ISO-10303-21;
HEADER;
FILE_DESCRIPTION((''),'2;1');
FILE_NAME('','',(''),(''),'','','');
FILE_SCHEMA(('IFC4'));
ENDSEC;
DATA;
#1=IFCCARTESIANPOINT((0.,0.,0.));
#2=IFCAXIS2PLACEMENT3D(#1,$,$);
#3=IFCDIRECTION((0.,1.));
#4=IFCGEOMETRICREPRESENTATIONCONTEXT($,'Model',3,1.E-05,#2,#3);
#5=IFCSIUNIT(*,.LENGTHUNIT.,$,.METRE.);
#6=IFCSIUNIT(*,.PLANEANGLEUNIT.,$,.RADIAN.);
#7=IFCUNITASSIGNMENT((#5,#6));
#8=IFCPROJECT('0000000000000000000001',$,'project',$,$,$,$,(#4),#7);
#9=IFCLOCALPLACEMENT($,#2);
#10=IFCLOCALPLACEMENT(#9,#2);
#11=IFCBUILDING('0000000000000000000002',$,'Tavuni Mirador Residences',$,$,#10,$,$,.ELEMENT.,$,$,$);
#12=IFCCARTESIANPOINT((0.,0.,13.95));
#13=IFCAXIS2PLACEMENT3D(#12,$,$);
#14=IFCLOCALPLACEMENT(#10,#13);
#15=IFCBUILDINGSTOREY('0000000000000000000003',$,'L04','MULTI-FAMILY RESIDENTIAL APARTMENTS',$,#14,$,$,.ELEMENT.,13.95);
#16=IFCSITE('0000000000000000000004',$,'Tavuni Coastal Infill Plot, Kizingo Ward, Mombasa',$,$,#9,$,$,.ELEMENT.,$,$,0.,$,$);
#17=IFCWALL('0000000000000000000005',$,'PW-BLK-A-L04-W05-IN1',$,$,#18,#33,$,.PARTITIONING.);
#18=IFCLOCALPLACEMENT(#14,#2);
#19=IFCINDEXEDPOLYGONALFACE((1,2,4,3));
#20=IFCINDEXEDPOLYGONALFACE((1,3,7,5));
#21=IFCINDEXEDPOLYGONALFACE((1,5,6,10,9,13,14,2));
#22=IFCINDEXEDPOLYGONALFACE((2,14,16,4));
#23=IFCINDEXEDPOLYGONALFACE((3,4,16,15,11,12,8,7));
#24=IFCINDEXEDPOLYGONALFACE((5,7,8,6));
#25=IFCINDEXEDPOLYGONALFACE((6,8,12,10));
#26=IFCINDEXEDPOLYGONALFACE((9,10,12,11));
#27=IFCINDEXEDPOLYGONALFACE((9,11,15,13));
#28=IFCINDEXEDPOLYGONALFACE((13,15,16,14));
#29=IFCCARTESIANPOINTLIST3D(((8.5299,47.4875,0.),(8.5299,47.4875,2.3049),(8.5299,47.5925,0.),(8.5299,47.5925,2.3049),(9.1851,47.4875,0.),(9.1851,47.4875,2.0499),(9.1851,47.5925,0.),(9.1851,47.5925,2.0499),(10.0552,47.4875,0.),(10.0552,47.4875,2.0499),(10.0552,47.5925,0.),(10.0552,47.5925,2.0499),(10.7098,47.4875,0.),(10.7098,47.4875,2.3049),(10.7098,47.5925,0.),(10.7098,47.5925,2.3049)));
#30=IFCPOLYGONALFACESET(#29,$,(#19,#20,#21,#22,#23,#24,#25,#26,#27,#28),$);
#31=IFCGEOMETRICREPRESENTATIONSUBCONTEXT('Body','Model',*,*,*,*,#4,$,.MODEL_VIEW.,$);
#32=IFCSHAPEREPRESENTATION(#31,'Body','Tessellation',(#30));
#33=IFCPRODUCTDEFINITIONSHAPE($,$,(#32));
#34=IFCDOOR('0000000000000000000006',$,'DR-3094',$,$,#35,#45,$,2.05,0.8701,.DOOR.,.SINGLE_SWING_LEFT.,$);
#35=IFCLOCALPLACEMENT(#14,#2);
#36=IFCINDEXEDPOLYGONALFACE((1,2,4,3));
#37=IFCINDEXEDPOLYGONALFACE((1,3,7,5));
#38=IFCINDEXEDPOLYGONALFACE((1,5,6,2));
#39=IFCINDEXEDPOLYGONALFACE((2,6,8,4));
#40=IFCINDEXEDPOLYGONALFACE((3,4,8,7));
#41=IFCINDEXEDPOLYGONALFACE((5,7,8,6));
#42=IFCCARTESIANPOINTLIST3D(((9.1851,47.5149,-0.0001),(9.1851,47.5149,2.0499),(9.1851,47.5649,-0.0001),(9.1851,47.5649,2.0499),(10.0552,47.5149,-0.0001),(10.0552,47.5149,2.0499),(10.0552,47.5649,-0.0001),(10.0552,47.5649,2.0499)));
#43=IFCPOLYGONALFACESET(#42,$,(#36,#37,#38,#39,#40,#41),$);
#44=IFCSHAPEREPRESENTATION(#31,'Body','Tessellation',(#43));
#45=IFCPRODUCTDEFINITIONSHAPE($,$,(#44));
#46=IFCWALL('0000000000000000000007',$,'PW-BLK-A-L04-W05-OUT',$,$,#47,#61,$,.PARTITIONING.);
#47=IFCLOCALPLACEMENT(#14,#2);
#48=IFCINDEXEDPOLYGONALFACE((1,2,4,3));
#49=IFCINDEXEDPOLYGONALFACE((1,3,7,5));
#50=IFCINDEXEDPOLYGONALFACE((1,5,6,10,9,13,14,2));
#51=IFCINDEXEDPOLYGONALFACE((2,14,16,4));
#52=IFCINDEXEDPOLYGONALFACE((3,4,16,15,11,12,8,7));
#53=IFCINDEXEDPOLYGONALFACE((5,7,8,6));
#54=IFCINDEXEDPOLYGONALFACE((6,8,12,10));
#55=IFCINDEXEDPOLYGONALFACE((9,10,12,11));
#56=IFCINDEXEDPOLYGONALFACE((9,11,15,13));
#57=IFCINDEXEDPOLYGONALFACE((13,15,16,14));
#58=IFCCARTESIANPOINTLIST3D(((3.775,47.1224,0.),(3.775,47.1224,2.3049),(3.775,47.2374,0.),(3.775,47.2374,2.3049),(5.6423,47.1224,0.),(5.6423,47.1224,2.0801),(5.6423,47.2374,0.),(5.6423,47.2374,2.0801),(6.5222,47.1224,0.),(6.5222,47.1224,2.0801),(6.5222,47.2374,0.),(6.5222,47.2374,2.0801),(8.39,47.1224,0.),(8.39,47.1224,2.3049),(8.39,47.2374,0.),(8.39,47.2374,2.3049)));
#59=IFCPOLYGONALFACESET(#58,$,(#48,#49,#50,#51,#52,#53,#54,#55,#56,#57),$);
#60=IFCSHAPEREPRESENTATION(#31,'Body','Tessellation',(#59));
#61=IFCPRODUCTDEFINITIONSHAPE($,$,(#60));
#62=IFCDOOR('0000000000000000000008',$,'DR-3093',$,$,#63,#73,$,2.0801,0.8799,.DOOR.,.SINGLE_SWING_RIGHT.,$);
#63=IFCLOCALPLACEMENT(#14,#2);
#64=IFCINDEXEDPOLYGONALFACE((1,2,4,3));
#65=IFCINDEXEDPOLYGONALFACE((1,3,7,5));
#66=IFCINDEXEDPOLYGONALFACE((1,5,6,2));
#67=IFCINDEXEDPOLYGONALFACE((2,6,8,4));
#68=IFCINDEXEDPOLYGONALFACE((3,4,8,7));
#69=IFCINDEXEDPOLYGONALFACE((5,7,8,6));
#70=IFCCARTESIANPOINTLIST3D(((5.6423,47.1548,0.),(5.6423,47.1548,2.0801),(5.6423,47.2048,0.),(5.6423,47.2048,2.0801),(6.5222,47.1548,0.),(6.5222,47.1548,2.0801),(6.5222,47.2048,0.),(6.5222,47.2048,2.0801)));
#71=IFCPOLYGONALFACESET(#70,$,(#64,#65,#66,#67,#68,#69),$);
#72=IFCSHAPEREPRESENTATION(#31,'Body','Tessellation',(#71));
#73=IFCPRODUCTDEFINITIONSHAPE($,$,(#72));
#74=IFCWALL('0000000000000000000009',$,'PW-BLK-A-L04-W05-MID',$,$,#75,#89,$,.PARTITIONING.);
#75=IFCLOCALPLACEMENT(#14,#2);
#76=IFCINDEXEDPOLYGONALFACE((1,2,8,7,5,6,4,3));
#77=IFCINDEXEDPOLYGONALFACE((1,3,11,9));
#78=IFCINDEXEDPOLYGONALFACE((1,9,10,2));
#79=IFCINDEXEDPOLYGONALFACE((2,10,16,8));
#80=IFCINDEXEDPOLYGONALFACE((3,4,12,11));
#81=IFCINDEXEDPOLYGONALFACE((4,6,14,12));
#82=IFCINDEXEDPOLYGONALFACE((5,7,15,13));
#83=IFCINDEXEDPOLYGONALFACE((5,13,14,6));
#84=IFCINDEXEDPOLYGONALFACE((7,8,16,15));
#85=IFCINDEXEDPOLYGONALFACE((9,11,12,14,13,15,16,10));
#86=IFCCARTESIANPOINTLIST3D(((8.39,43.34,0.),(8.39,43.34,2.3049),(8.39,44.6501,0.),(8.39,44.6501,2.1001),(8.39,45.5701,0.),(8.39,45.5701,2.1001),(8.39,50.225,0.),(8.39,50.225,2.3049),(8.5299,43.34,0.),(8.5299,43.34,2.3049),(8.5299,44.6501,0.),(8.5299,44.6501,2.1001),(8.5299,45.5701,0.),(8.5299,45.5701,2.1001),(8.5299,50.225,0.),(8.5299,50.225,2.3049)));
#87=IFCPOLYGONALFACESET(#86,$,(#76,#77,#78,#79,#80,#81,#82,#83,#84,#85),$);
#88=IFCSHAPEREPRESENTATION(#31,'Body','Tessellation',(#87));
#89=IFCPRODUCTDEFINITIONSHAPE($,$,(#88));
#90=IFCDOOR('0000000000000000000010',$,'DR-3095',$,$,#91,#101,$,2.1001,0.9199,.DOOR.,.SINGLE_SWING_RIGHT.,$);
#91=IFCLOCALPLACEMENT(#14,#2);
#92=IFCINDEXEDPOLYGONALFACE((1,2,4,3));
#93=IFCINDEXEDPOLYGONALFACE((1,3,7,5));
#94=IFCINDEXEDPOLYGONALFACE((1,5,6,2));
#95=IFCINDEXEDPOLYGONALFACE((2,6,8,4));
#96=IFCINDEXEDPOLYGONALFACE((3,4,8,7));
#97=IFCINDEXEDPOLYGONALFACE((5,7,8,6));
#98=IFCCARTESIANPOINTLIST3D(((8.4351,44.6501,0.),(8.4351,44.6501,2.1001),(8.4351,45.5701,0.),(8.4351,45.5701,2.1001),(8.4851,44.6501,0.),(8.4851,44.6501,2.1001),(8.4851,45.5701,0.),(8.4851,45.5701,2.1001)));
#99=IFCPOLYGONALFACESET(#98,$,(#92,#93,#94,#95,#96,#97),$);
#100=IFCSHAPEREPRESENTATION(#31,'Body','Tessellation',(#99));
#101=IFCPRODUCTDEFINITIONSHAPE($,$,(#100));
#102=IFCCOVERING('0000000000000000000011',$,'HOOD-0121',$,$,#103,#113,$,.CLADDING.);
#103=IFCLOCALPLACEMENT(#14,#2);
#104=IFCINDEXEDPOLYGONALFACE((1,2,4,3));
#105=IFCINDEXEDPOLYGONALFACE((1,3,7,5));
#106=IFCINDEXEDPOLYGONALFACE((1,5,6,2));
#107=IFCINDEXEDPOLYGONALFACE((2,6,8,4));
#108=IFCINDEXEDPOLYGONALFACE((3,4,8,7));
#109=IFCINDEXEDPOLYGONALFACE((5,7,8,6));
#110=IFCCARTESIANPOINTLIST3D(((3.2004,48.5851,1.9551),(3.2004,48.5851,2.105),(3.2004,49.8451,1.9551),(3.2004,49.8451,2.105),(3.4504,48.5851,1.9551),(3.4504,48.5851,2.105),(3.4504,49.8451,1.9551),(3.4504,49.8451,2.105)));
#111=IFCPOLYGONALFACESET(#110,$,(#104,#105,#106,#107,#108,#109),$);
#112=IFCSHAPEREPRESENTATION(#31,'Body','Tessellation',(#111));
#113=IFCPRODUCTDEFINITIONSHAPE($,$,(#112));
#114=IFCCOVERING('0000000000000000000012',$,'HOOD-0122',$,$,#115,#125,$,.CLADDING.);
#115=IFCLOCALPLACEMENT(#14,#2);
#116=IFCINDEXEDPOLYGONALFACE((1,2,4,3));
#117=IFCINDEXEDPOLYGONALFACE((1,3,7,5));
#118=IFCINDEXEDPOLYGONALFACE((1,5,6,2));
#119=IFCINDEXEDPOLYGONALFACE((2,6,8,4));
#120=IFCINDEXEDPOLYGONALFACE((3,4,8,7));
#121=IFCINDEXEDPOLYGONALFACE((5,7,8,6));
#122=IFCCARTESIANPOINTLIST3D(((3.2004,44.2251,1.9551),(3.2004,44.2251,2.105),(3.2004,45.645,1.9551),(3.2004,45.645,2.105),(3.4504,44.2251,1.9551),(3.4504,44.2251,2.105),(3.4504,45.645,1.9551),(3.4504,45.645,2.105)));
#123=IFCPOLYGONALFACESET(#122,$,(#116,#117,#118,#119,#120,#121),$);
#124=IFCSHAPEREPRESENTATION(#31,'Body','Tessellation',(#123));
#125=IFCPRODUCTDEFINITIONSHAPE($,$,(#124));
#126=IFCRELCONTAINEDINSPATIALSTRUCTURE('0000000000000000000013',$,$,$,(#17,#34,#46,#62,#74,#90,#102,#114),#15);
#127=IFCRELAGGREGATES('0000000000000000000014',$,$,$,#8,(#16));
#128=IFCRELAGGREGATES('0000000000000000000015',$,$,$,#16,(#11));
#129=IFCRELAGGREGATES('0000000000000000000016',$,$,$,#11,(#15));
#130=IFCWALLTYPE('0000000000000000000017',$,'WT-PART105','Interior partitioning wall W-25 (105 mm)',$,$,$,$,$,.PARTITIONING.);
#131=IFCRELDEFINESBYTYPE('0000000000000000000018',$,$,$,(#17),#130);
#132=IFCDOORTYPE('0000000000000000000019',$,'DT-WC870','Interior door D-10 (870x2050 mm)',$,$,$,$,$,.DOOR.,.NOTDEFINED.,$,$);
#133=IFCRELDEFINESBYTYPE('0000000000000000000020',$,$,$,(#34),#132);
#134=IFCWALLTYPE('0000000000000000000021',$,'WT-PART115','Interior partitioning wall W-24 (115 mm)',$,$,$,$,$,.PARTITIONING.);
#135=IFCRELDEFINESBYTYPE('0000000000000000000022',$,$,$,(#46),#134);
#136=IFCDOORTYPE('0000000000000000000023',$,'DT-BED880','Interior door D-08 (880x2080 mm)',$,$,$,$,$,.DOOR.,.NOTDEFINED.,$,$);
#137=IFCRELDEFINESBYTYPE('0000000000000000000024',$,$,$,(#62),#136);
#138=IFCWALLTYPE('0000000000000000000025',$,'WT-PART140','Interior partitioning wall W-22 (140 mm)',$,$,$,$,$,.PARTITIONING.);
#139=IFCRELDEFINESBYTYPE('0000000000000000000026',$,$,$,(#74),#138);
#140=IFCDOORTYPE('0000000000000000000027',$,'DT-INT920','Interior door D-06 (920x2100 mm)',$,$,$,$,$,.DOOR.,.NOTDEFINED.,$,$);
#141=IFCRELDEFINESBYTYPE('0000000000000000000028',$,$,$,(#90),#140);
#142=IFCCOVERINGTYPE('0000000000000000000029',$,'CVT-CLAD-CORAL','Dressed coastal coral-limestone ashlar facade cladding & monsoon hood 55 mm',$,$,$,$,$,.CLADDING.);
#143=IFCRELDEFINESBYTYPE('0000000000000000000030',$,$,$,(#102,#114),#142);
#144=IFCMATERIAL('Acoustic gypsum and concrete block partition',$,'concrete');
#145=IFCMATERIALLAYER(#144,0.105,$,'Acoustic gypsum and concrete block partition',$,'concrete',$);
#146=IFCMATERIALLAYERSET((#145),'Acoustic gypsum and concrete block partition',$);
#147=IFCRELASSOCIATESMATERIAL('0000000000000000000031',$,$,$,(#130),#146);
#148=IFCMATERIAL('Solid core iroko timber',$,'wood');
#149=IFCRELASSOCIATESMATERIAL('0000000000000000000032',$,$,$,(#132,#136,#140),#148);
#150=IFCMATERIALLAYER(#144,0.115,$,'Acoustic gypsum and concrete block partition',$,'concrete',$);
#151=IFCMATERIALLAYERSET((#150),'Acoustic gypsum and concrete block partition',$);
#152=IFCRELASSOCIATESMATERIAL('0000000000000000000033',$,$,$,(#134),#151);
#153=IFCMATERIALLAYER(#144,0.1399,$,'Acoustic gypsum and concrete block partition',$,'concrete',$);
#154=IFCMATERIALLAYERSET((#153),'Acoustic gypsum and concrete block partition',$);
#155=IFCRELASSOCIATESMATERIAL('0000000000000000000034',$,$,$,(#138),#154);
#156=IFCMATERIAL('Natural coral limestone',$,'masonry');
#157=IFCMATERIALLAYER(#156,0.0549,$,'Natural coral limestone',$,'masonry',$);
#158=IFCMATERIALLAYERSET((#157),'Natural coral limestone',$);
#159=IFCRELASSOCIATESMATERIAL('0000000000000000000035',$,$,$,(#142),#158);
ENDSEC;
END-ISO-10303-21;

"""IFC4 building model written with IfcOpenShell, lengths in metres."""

from ifc_helpers import new_model, si_unit, direction, frame, frame_2d, origin, origin_2d, place, context, subcontext, project, spatial, rectangle, extrude, material, layer, layer_set, type_object, element, fill, save


model = new_model("IFC4")

# Units and contexts
model_context = context("Model", 3, precision=1e-05, world=origin(), true_north=direction((0.0, 1.0)))
body_context = subcontext(model_context, "Body", "Model", "MODEL_VIEW")
ifc_project = project(units=[si_unit("LENGTHUNIT", "METRE"), si_unit("PLANEANGLEUNIT", "RADIAN")], contexts=[model_context])

# Site, building, storey
site_placement = place(None, origin())
site = spatial("IfcSite", under=ifc_project, at=site_placement, Name="Tavuni Coastal Infill Plot, Kizingo Ward, Mombasa", CompositionType="ELEMENT", RefElevation=0.0)
building_placement = place(site_placement, origin())
building = spatial("IfcBuilding", under=site, at=building_placement, Name="Tavuni Mirador Residences", CompositionType="ELEMENT")
storey_placement = place(building_placement, frame((0.0, 0.0, 13.95)))
storey = spatial("IfcBuildingStorey", under=building, at=storey_placement, Name="L04", Description="MULTI-FAMILY RESIDENTIAL APARTMENTS", CompositionType="ELEMENT", Elevation=13.95)

# Walls, openings, doors
ifc_material_1 = material(Name="Acoustic gypsum and concrete block partition", Category="concrete")
ifc_layer_1 = layer(ifc_material_1, 0.105, Name="Acoustic gypsum and concrete block partition", Category="concrete")
ifc_layer_set_1 = layer_set([ifc_layer_1], Name="Acoustic gypsum and concrete block partition")
wall_type_1 = type_object("IfcWallType", Name="WT-PART105", Description="Interior partitioning wall W-25 (105 mm)", PredefinedType="PARTITIONING", material=ifc_layer_set_1)
wall_1_placement = place(storey_placement, frame((8.53, 47.54, 0.0), z_axis=(0.0, 0.0, 1.0), x_axis=(1.0, 0.0, 0.0)))
wall_1 = element("IfcWall", 1, at=wall_1_placement, inside=storey, type_object=wall_type_1, Name="PW-BLK-A-L04-W05-IN1", PredefinedType="PARTITIONING", context=body_context, shape_type="SweptSolid", body=[
    extrude(rectangle(XDim=2.1799, YDim=0.105, at=frame_2d((1.0898, 0.0))), origin(), (0.0, 0.0, 1.0), 2.3049),
])
opening_1_placement = place(wall_1_placement, frame((0.655, 0.0, 0.0)))
opening_1 = element("IfcOpeningElement", 2, at=opening_1_placement, cuts=wall_1, PredefinedType="OPENING", context=body_context, shape_type="SweptSolid", body=[
    extrude(rectangle(XDim=0.8701, YDim=2.05, at=frame_2d((0.4351, 1.0249))), frame((0.0, 0.0625, 0.0), z_axis=(0.0, -1.0, 0.0), x_axis=(1.0, 0.0, 0.0)), (0.0, 0.0, 1.0), 0.125),
])
ifc_material_2 = material(Name="Solid core iroko timber", Category="wood")
door_type_1 = type_object("IfcDoorType", Name="DT-WC870", Description="Interior door D-10 (870x2050 mm)", OperationType="NOTDEFINED", PredefinedType="DOOR", material=ifc_material_2)
door_1_placement = place(opening_1_placement, origin())
door_1 = element("IfcDoor", 3, at=door_1_placement, inside=storey, type_object=door_type_1, Name="DR-3094", OperationType="SINGLE_SWING_LEFT", OverallHeight=2.05, OverallWidth=0.8701, PredefinedType="DOOR", context=body_context, shape_type="SweptSolid", body=[
    extrude(rectangle(XDim=0.8701, YDim=2.05, at=frame_2d((0.4351, 1.0249))), frame((0.0, 0.0249, 0.0), z_axis=(0.0, -1.0, 0.0), x_axis=(1.0, 0.0, 0.0)), (0.0, 0.0, 1.0), 0.05),
])
fill(opening_1, door_1)
ifc_layer_2 = layer(ifc_material_1, 0.115, Name="Acoustic gypsum and concrete block partition", Category="concrete")
ifc_layer_set_2 = layer_set([ifc_layer_2], Name="Acoustic gypsum and concrete block partition")
wall_type_2 = type_object("IfcWallType", Name="WT-PART115", Description="Interior partitioning wall W-24 (115 mm)", PredefinedType="PARTITIONING", material=ifc_layer_set_2)
wall_2_placement = place(storey_placement, frame((3.7749, 47.1799, 0.0), z_axis=(0.0, 0.0, 1.0), x_axis=(1.0, 0.0, 0.0)))
wall_2 = element("IfcWall", 4, at=wall_2_placement, inside=storey, type_object=wall_type_2, Name="PW-BLK-A-L04-W05-OUT", PredefinedType="PARTITIONING", context=body_context, shape_type="SweptSolid", body=[
    extrude(rectangle(XDim=4.615, YDim=0.115, at=frame_2d((2.3076, 0.0))), origin(), (0.0, 0.0, 1.0), 2.3049),
])
opening_2_placement = place(wall_2_placement, frame((1.8674, 0.0, 0.0)))
opening_2 = element("IfcOpeningElement", 5, at=opening_2_placement, cuts=wall_2, PredefinedType="OPENING", context=body_context, shape_type="SweptSolid", body=[
    extrude(rectangle(XDim=0.8799, YDim=2.0801, at=frame_2d((0.4399, 1.04))), frame((0.0, 0.0674, 0.0), z_axis=(0.0, -1.0, 0.0), x_axis=(1.0, 0.0, 0.0)), (0.0, 0.0, 1.0), 0.135),
])
door_type_2 = type_object("IfcDoorType", Name="DT-BED880", Description="Interior door D-08 (880x2080 mm)", OperationType="NOTDEFINED", PredefinedType="DOOR", material=ifc_material_2)
door_2_placement = place(opening_2_placement, origin())
door_2 = element("IfcDoor", 6, at=door_2_placement, inside=storey, type_object=door_type_2, Name="DR-3093", OperationType="SINGLE_SWING_RIGHT", OverallHeight=2.0801, OverallWidth=0.8799, PredefinedType="DOOR", context=body_context, shape_type="SweptSolid", body=[
    extrude(rectangle(XDim=0.8799, YDim=2.0801, at=frame_2d((0.4399, 1.04))), frame((0.0, 0.0249, 0.0), z_axis=(0.0, -1.0, 0.0), x_axis=(1.0, 0.0, 0.0)), (0.0, 0.0, 1.0), 0.05),
])
fill(opening_2, door_2)
ifc_layer_3 = layer(ifc_material_1, 0.1399, Name="Acoustic gypsum and concrete block partition", Category="concrete")
ifc_layer_set_3 = layer_set([ifc_layer_3], Name="Acoustic gypsum and concrete block partition")
wall_type_3 = type_object("IfcWallType", Name="WT-PART140", Description="Interior partitioning wall W-22 (140 mm)", PredefinedType="PARTITIONING", material=ifc_layer_set_3)
wall_3_placement = place(storey_placement, frame((8.46, 43.3401, 0.0), z_axis=(0.0, 0.0, 1.0), x_axis=(0.0, 1.0, 0.0)))
wall_3 = element("IfcWall", 7, at=wall_3_placement, inside=storey, type_object=wall_type_3, Name="PW-BLK-A-L04-W05-MID", PredefinedType="PARTITIONING", context=body_context, shape_type="SweptSolid", body=[
    extrude(rectangle(XDim=6.885, YDim=0.1399, at=frame_2d((3.4424, 0.0))), origin(), (0.0, 0.0, 1.0), 2.3049),
])
opening_3_placement = place(wall_3_placement, frame((1.3101, 0.0, 0.0)))
opening_3 = element("IfcOpeningElement", 8, at=opening_3_placement, cuts=wall_3, PredefinedType="OPENING", context=body_context, shape_type="SweptSolid", body=[
    extrude(rectangle(XDim=0.9199, YDim=2.1001, at=frame_2d((0.46, 1.05))), frame((0.0, 0.0801, 0.0), z_axis=(0.0, -1.0, 0.0), x_axis=(1.0, 0.0, 0.0)), (0.0, 0.0, 1.0), 0.1599),
])
door_type_3 = type_object("IfcDoorType", Name="DT-INT920", Description="Interior door D-06 (920x2100 mm)", OperationType="NOTDEFINED", PredefinedType="DOOR", material=ifc_material_2)
door_3_placement = place(opening_3_placement, origin())
door_3 = element("IfcDoor", 9, at=door_3_placement, inside=storey, type_object=door_type_3, Name="DR-3095", OperationType="SINGLE_SWING_RIGHT", OverallHeight=2.1001, OverallWidth=0.9199, PredefinedType="DOOR", context=body_context, shape_type="SweptSolid", body=[
    extrude(rectangle(XDim=0.9199, YDim=2.1001, at=frame_2d((0.46, 1.05))), frame((0.0, 0.0249, 0.0), z_axis=(0.0, -1.0, 0.0), x_axis=(1.0, 0.0, 0.0)), (0.0, 0.0, 1.0), 0.05),
])
fill(opening_3, door_3)

# Coverings
ifc_material_3 = material(Name="Natural coral limestone", Category="masonry")
ifc_layer_4 = layer(ifc_material_3, 0.0549, Name="Natural coral limestone", Category="masonry")
ifc_layer_set_4 = layer_set([ifc_layer_4], Name="Natural coral limestone")
covering_type = type_object("IfcCoveringType", Name="CVT-CLAD-CORAL", Description="Dressed coastal coral-limestone ashlar facade cladding & monsoon hood 55 mm", PredefinedType="CLADDING", material=ifc_layer_set_4)
covering_1_placement = place(storey_placement, frame((3.3254, 49.2151, 1.9551), z_axis=(0.0, 0.0, 1.0), x_axis=(0.0, -1.0, 0.0)))
element("IfcCovering", 10, at=covering_1_placement, inside=storey, type_object=covering_type, Name="HOOD-0121", PredefinedType="CLADDING", context=body_context, shape_type="SweptSolid", body=[
    extrude(rectangle(XDim=1.26, YDim=0.25, at=origin_2d()), origin(), (0.0, 0.0, 1.0), 0.1499),
])
covering_2_placement = place(storey_placement, frame((3.3254, 44.9351, 1.9551), z_axis=(0.0, 0.0, 1.0), x_axis=(0.0, -1.0, 0.0)))
element("IfcCovering", 11, at=covering_2_placement, inside=storey, type_object=covering_type, Name="HOOD-0122", PredefinedType="CLADDING", context=body_context, shape_type="SweptSolid", body=[
    extrude(rectangle(XDim=1.4199, YDim=0.25, at=origin_2d()), origin(), (0.0, 0.0, 1.0), 0.1499),
])

save(model, "model.ifc")
